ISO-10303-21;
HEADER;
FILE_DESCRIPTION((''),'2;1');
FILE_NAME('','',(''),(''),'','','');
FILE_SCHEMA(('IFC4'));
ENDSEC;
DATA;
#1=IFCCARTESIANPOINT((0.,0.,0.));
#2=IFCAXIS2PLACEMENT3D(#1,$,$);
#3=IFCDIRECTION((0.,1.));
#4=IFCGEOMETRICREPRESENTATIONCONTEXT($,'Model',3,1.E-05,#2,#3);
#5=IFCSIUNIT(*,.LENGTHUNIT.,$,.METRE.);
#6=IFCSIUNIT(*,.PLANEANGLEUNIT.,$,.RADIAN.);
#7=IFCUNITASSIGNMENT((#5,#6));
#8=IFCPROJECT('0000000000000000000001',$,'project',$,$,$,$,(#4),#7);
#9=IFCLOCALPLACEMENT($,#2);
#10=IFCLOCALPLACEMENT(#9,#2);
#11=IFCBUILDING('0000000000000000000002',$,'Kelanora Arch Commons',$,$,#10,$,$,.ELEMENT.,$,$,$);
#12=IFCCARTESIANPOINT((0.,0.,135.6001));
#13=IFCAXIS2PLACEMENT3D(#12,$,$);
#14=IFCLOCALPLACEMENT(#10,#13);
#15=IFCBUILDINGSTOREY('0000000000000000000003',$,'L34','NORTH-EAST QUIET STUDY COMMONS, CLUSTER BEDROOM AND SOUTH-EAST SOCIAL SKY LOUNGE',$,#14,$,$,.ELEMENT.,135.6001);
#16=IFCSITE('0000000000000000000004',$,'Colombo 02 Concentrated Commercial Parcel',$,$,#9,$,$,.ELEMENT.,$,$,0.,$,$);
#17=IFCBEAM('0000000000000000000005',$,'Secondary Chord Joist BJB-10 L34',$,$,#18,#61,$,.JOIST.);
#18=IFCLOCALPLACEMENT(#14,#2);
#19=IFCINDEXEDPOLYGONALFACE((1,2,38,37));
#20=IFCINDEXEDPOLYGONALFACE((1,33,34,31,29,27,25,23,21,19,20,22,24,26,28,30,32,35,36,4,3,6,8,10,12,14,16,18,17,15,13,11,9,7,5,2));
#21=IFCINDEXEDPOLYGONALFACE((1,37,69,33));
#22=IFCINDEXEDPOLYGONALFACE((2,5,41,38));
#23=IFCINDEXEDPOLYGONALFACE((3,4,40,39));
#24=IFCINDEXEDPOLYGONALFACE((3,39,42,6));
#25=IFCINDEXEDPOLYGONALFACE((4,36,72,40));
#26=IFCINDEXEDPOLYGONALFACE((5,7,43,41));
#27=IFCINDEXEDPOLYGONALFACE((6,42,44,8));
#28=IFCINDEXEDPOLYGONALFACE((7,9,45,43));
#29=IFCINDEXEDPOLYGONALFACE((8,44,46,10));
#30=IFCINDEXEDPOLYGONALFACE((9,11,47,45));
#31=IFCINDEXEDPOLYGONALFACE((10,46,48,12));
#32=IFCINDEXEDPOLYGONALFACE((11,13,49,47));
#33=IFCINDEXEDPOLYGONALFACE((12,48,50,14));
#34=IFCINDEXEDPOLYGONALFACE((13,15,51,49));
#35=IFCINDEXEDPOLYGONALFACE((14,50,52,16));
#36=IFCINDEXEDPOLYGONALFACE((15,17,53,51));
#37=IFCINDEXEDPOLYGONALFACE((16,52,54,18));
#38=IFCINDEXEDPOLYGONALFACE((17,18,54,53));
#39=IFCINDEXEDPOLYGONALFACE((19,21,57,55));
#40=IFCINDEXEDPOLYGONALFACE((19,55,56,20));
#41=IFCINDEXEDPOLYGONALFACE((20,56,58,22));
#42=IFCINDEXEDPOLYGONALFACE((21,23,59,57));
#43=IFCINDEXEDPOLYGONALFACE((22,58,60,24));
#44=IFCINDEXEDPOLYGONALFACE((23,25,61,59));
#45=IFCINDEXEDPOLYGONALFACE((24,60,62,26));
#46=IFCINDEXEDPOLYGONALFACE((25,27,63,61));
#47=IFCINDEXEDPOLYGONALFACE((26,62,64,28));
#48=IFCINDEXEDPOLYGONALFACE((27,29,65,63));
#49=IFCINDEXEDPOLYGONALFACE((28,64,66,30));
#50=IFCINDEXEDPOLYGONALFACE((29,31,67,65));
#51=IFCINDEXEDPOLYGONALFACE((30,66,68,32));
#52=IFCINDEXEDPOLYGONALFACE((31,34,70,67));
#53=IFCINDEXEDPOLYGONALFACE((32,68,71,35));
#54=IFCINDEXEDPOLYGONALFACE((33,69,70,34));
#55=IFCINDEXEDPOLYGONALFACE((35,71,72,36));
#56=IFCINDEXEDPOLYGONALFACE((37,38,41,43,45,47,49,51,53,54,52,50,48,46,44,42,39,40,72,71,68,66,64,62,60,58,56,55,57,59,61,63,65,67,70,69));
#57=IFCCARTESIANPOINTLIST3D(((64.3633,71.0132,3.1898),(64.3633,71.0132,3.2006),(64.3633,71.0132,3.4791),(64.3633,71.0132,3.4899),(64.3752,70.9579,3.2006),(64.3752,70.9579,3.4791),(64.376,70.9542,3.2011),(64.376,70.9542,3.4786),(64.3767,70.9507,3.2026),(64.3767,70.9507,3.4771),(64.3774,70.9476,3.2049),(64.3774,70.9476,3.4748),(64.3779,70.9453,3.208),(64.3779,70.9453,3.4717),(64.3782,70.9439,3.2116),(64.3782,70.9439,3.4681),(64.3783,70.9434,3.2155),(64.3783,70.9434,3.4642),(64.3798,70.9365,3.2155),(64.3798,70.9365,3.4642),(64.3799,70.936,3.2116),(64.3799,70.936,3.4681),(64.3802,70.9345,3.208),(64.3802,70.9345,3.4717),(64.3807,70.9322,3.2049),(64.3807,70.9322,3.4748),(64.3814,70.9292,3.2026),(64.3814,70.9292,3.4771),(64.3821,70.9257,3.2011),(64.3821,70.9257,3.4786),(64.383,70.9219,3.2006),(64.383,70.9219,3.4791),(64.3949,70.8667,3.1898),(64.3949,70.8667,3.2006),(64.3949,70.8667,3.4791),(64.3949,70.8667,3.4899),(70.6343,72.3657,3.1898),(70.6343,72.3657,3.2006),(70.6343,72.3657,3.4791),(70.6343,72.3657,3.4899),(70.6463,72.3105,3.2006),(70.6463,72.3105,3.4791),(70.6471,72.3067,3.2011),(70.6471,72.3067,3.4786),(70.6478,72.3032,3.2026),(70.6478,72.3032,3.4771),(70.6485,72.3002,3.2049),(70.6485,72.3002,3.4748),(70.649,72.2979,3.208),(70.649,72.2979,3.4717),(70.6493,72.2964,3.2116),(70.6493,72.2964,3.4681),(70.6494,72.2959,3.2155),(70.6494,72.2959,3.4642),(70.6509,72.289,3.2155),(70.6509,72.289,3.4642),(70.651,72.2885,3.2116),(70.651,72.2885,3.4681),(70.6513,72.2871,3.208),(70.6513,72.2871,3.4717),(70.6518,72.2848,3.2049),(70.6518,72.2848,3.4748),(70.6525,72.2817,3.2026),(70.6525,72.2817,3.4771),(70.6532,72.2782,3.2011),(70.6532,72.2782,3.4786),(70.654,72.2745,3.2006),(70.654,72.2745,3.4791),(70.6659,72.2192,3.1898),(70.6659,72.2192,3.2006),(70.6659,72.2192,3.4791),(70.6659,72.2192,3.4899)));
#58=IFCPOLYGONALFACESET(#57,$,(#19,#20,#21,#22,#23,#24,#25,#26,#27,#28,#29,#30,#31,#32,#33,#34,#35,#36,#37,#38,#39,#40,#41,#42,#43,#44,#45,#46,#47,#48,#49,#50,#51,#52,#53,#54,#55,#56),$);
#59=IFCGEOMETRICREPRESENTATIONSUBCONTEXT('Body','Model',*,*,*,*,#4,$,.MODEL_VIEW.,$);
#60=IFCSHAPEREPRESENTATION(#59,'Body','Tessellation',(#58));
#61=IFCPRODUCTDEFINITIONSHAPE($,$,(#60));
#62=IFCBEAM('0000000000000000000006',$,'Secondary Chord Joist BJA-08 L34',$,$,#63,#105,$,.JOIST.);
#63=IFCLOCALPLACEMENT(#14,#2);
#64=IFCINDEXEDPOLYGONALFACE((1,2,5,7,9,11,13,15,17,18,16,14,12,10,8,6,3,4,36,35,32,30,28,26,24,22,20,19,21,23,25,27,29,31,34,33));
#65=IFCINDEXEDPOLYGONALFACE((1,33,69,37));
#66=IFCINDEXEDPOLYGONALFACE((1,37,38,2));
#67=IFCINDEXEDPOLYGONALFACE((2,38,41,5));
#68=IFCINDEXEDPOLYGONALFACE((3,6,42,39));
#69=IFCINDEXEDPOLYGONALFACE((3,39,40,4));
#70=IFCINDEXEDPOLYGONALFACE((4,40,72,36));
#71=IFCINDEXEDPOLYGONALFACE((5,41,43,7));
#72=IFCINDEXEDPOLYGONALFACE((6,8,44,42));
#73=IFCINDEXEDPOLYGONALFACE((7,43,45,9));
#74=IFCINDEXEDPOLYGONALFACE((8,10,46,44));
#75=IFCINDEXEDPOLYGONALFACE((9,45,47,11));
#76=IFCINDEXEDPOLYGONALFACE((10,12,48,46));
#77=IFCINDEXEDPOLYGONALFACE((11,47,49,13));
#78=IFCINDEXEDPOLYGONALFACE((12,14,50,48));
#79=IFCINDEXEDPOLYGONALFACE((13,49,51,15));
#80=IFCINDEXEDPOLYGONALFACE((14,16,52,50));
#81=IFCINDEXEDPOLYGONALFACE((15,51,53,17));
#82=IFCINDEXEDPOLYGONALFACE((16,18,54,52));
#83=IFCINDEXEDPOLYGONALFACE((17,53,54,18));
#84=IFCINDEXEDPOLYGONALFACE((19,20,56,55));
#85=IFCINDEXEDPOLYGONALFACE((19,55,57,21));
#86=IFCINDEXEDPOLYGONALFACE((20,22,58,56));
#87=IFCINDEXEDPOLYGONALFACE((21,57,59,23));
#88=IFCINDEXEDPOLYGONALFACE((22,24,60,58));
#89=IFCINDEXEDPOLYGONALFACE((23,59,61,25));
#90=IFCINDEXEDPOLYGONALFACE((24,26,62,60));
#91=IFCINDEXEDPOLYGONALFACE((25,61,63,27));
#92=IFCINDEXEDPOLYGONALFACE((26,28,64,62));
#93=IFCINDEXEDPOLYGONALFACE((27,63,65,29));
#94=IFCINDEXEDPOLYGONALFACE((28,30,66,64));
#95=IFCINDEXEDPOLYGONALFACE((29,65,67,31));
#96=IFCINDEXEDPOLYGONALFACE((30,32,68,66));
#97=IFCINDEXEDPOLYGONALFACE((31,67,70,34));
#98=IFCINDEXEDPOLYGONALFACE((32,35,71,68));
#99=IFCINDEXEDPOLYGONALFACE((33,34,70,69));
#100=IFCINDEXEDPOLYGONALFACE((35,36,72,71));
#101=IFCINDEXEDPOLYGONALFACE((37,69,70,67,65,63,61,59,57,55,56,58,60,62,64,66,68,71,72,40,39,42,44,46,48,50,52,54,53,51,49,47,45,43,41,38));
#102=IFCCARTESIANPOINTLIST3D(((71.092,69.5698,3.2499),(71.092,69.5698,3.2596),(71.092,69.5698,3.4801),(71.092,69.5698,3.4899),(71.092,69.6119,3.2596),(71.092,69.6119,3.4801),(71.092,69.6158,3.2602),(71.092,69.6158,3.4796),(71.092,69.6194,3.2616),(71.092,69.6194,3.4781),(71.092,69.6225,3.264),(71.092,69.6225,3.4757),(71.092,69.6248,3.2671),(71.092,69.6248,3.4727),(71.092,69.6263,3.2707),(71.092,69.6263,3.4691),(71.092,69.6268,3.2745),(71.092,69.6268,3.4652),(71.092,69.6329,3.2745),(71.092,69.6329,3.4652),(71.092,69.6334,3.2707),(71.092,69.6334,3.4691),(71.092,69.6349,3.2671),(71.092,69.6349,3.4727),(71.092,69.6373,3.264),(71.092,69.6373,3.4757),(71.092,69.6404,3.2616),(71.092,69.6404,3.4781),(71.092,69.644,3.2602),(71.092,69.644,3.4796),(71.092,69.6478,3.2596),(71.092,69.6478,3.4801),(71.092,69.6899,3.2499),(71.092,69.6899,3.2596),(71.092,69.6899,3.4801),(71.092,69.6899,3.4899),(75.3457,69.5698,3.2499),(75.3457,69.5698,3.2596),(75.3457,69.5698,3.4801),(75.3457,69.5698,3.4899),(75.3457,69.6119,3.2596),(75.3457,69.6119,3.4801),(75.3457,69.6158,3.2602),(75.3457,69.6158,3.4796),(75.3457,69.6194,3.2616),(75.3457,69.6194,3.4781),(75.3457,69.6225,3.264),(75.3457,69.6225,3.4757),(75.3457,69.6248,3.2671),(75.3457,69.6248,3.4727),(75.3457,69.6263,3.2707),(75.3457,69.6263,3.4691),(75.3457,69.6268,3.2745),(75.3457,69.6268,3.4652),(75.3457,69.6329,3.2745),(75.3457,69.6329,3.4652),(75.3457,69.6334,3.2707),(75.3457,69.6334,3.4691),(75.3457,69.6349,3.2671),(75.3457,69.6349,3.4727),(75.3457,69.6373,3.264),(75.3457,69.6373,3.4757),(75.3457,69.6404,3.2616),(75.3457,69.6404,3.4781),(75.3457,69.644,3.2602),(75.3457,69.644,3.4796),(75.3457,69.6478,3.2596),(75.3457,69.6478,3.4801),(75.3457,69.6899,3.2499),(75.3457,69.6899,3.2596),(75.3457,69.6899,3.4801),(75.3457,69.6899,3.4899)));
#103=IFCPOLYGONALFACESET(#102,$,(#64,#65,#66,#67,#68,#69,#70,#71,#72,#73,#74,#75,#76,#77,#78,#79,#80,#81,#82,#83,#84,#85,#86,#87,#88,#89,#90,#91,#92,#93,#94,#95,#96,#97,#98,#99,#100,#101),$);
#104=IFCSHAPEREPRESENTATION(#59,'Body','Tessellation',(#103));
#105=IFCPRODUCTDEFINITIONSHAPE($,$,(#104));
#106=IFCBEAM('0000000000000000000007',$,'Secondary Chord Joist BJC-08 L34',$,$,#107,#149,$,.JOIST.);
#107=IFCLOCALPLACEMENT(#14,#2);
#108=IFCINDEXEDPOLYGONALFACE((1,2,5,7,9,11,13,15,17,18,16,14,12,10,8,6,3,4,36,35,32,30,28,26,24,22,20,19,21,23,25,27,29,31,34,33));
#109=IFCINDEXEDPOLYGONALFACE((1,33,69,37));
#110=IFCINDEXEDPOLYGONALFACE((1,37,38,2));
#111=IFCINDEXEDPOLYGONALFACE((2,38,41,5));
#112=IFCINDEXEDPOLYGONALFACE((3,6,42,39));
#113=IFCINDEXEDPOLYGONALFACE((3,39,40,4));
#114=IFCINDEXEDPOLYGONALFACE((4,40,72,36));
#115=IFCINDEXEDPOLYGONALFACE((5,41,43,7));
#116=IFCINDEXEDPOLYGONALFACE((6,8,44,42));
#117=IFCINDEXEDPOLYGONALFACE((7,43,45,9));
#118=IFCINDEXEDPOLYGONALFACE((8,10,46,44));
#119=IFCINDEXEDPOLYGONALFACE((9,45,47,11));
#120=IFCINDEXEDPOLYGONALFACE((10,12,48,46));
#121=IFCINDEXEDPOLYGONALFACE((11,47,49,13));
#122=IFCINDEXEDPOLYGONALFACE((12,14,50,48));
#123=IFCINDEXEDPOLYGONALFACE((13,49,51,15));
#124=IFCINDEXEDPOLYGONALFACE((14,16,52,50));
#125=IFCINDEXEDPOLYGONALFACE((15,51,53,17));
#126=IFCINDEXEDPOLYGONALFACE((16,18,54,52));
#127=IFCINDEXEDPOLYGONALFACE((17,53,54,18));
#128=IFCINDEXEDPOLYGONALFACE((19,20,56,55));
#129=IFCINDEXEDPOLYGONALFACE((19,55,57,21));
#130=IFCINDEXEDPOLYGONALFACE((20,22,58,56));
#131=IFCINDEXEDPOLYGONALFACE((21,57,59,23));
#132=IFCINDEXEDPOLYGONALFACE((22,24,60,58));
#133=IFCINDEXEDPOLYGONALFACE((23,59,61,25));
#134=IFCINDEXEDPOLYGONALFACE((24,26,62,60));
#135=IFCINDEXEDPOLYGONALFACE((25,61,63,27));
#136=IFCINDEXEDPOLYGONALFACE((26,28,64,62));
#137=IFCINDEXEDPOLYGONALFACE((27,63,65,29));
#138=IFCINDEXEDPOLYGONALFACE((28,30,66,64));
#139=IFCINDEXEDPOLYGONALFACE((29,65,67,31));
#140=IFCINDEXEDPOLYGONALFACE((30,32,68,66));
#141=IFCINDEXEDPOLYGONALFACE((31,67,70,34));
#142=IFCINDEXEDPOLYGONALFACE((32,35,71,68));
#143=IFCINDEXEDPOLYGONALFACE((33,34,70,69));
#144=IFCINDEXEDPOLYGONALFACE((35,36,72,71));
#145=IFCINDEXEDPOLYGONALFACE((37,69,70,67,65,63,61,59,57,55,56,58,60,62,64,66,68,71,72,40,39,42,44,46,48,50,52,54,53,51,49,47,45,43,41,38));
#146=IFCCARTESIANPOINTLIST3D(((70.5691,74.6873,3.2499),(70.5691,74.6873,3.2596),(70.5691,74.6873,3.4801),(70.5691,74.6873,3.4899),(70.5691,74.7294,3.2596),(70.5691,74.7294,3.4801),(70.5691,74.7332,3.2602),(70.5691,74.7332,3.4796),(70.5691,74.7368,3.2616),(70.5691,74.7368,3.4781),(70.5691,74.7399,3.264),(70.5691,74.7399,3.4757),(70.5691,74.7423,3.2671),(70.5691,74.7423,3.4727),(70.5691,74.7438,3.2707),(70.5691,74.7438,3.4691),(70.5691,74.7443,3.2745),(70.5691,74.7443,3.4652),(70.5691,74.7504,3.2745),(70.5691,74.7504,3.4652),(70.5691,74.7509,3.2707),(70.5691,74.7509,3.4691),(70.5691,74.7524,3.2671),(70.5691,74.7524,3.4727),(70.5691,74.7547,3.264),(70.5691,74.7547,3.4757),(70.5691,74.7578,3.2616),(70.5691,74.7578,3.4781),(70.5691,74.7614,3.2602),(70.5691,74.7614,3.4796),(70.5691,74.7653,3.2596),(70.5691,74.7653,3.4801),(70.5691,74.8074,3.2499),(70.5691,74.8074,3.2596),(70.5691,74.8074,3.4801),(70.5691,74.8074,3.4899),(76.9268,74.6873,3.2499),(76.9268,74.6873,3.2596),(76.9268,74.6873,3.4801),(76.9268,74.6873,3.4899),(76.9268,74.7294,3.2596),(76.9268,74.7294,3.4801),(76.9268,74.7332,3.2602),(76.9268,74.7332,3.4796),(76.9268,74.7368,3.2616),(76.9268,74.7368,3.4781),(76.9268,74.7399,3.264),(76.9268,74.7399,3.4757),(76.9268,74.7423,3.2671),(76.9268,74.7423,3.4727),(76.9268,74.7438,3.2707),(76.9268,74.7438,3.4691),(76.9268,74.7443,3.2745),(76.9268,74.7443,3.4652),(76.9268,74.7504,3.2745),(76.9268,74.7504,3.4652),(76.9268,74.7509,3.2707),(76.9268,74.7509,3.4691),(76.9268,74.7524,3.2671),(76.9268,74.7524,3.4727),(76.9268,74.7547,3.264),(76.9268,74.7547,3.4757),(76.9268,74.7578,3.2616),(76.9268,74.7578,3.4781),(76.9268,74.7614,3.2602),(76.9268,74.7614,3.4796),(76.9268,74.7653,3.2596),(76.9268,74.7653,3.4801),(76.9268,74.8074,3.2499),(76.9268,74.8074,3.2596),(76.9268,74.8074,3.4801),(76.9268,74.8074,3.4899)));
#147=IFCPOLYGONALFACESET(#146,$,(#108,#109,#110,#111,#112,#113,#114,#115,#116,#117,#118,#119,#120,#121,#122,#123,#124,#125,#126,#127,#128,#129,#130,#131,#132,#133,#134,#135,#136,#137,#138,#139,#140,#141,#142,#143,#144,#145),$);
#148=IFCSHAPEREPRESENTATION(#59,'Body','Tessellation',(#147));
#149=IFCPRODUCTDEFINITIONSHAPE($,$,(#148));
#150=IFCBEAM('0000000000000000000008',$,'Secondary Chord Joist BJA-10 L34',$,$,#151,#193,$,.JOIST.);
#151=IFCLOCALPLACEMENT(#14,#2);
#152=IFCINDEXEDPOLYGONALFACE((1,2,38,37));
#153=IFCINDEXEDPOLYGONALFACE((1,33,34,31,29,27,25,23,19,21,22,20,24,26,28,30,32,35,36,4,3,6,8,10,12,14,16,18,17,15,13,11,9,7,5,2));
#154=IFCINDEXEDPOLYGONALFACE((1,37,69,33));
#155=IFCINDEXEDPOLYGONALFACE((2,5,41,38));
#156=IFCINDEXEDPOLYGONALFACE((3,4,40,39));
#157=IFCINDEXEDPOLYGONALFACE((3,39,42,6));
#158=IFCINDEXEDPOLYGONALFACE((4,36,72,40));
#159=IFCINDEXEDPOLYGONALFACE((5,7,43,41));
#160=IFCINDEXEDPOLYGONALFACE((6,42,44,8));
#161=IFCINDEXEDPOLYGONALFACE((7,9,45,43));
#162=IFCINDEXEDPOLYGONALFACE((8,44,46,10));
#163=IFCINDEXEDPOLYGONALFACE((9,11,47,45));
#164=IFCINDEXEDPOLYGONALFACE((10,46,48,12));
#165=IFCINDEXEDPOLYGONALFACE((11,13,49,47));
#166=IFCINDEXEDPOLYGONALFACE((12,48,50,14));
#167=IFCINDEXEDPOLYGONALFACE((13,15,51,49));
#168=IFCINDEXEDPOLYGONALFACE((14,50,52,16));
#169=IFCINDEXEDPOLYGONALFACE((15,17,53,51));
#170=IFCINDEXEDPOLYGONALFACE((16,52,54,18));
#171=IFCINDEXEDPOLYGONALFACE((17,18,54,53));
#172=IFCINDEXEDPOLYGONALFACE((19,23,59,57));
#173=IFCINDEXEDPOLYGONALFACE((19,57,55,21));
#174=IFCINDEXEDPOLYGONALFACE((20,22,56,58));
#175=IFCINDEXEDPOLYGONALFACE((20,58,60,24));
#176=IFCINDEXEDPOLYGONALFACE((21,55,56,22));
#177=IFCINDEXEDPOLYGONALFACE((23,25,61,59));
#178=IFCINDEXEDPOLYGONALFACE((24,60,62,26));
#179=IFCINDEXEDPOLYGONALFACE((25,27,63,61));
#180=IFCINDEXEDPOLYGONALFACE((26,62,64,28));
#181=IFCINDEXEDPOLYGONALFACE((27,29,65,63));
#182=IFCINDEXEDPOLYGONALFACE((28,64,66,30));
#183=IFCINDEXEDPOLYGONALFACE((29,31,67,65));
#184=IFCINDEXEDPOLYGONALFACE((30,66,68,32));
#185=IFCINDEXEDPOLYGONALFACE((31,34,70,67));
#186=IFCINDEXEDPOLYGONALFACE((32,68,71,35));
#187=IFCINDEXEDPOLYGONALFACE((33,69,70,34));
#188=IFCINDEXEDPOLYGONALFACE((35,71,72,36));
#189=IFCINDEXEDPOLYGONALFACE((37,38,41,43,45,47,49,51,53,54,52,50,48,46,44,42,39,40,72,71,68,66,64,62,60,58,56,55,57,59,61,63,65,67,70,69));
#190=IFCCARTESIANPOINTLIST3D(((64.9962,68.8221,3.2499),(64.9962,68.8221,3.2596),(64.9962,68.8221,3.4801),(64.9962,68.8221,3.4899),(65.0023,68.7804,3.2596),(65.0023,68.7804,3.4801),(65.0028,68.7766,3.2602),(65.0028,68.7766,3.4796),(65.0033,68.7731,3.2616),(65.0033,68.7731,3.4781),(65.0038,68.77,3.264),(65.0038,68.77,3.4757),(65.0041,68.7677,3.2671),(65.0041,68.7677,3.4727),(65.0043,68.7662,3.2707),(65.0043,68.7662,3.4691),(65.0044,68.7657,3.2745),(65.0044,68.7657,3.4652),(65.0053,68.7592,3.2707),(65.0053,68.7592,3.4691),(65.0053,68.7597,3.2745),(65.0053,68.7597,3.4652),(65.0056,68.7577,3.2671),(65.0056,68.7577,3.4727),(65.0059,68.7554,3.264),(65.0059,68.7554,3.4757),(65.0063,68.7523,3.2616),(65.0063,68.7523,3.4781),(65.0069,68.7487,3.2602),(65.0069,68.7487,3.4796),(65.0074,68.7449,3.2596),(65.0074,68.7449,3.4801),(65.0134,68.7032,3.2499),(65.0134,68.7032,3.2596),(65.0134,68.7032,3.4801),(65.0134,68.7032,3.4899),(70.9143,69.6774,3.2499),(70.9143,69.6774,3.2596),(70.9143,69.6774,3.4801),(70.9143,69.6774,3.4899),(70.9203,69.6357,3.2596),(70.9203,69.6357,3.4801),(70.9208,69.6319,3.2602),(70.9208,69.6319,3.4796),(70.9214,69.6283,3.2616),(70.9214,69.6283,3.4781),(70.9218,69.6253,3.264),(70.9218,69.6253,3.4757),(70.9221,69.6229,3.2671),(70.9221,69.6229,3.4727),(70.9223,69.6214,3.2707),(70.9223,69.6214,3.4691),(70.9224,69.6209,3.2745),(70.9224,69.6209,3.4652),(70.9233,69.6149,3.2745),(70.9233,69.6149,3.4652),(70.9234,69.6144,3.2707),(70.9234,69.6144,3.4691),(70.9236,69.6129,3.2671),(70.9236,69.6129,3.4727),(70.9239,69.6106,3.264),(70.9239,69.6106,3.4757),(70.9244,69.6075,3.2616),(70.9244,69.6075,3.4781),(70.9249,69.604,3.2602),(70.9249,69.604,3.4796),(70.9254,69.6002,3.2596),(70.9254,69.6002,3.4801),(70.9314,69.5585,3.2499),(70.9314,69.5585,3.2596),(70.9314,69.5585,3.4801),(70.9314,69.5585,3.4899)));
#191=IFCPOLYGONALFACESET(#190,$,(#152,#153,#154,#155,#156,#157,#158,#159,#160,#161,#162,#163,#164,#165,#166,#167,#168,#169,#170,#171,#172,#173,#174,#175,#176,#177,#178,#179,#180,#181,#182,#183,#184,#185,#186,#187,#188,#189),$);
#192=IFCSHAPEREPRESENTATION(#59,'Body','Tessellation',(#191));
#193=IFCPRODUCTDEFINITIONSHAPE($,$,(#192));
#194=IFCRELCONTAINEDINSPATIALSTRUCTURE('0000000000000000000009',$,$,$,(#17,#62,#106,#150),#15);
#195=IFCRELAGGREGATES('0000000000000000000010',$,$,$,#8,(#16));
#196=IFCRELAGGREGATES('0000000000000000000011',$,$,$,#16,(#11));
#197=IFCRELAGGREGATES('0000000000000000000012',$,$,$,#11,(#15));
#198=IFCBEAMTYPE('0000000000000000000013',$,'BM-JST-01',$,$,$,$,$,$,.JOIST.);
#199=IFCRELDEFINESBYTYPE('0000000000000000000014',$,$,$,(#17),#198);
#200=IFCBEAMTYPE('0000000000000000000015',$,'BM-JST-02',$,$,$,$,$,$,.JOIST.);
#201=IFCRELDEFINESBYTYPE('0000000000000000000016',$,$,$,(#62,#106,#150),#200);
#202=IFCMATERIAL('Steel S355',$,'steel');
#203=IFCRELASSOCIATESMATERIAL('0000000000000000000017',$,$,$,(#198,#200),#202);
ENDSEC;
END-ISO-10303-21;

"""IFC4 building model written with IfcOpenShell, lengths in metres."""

from ifc_helpers import new_model, si_unit, direction, frame, origin, origin_2d, place, context, subcontext, project, spatial, i_section, extrude, material, material_profile, profile_set, type_object, element, save


model = new_model("IFC4")

# Units and contexts
model_context = context("Model", 3, precision=1e-05, world=origin(), true_north=direction((0.0, 1.0)))
body_context = subcontext(model_context, "Body", "Model", "MODEL_VIEW")
ifc_project = project(units=[si_unit("LENGTHUNIT", "METRE"), si_unit("PLANEANGLEUNIT", "RADIAN")], contexts=[model_context])

# Site, building, storey
site_placement = place(None, origin())
site = spatial("IfcSite", under=ifc_project, at=site_placement, Name="Colombo 02 Concentrated Commercial Parcel", CompositionType="ELEMENT", RefElevation=0.0)
building_placement = place(site_placement, origin())
building = spatial("IfcBuilding", under=site, at=building_placement, Name="Kelanora Arch Commons", CompositionType="ELEMENT")
storey_placement = place(building_placement, frame((0.0, 0.0, 135.6001)))
storey = spatial("IfcBuildingStorey", under=building, at=storey_placement, Name="L34", Description="NORTH-EAST QUIET STUDY COMMONS, CLUSTER BEDROOM AND SOUTH-EAST SOCIAL SKY LOUNGE", CompositionType="ELEMENT", Elevation=135.6001)

# Beams
ifc_material_1 = material(Name="Steel S355", Category="steel")
ifc_material_profile_1 = material_profile(ifc_material_1, i_section(OverallWidth=0.1499, OverallDepth=0.3, WebThickness=0.0071, FlangeThickness=0.0107, FilletRadius=0.0149, at=origin_2d()), Name="IPE300")
ifc_profile_set_1 = profile_set([ifc_material_profile_1], Name="Steel S355")
beam_type_1 = type_object("IfcBeamType", Name="BM-JST-01", PredefinedType="JOIST", material=ifc_profile_set_1)
beam_1_placement = place(storey_placement, frame((70.6501, 72.2925, 3.3398), z_axis=(-0.977522, -0.210834, 0.0), x_axis=(0.210834, -0.977522, 0.0)))
element("IfcBeam", 1, at=beam_1_placement, inside=storey, type_object=beam_type_1, Name="Secondary Chord Joist BJB-10 L34", PredefinedType="JOIST", context=body_context, shape_type="SweptSolid", body=[
    extrude(i_section(OverallWidth=0.1499, OverallDepth=0.3, WebThickness=0.0071, FlangeThickness=0.0107, FilletRadius=0.0149, at=origin_2d()), origin(), (0.0, 0.0, 1.0), 6.4153),
])
ifc_material_profile_2 = material_profile(ifc_material_1, i_section(OverallWidth=0.1201, OverallDepth=0.24, WebThickness=0.0061, FlangeThickness=0.0098, FilletRadius=0.0149, at=origin_2d()), Name="IPE240")
ifc_profile_set_2 = profile_set([ifc_material_profile_2], Name="Steel S355")
beam_type_2 = type_object("IfcBeamType", Name="BM-JST-02", PredefinedType="JOIST", material=ifc_profile_set_2)
beam_2_placement = place(storey_placement, frame((75.3457, 69.6299, 3.3699), z_axis=(-1.0, 0.0, 0.0), x_axis=(0.0, -1.0, 0.0)))
element("IfcBeam", 2, at=beam_2_placement, inside=storey, type_object=beam_type_2, Name="Secondary Chord Joist BJA-08 L34", PredefinedType="JOIST", context=body_context, shape_type="SweptSolid", body=[
    extrude(i_section(OverallWidth=0.1201, OverallDepth=0.24, WebThickness=0.0061, FlangeThickness=0.0098, FilletRadius=0.0149, at=origin_2d()), origin(), (0.0, 0.0, 1.0), 4.2537),
])
beam_3_placement = place(storey_placement, frame((76.9268, 74.7473, 3.3699), z_axis=(-1.0, 0.0, 0.0), x_axis=(0.0, -1.0, 0.0)))
element("IfcBeam", 3, at=beam_3_placement, inside=storey, type_object=beam_type_2, Name="Secondary Chord Joist BJC-08 L34", PredefinedType="JOIST", context=body_context, shape_type="SweptSolid", body=[
    extrude(i_section(OverallWidth=0.1201, OverallDepth=0.24, WebThickness=0.0061, FlangeThickness=0.0098, FilletRadius=0.0149, at=origin_2d()), origin(), (0.0, 0.0, 1.0), 6.3577),
])
beam_4_placement = place(storey_placement, frame((70.9229, 69.6179, 3.3699), z_axis=(-0.989719, -0.143027, 0.0), x_axis=(0.143027, -0.989719, 0.0)))
element("IfcBeam", 4, at=beam_4_placement, inside=storey, type_object=beam_type_2, Name="Secondary Chord Joist BJA-10 L34", PredefinedType="JOIST", context=body_context, shape_type="SweptSolid", body=[
    extrude(i_section(OverallWidth=0.1201, OverallDepth=0.24, WebThickness=0.0061, FlangeThickness=0.0098, FilletRadius=0.0149, at=origin_2d()), origin(), (0.0, 0.0, 1.0), 5.9795),
])

save(model, "model.ifc")
